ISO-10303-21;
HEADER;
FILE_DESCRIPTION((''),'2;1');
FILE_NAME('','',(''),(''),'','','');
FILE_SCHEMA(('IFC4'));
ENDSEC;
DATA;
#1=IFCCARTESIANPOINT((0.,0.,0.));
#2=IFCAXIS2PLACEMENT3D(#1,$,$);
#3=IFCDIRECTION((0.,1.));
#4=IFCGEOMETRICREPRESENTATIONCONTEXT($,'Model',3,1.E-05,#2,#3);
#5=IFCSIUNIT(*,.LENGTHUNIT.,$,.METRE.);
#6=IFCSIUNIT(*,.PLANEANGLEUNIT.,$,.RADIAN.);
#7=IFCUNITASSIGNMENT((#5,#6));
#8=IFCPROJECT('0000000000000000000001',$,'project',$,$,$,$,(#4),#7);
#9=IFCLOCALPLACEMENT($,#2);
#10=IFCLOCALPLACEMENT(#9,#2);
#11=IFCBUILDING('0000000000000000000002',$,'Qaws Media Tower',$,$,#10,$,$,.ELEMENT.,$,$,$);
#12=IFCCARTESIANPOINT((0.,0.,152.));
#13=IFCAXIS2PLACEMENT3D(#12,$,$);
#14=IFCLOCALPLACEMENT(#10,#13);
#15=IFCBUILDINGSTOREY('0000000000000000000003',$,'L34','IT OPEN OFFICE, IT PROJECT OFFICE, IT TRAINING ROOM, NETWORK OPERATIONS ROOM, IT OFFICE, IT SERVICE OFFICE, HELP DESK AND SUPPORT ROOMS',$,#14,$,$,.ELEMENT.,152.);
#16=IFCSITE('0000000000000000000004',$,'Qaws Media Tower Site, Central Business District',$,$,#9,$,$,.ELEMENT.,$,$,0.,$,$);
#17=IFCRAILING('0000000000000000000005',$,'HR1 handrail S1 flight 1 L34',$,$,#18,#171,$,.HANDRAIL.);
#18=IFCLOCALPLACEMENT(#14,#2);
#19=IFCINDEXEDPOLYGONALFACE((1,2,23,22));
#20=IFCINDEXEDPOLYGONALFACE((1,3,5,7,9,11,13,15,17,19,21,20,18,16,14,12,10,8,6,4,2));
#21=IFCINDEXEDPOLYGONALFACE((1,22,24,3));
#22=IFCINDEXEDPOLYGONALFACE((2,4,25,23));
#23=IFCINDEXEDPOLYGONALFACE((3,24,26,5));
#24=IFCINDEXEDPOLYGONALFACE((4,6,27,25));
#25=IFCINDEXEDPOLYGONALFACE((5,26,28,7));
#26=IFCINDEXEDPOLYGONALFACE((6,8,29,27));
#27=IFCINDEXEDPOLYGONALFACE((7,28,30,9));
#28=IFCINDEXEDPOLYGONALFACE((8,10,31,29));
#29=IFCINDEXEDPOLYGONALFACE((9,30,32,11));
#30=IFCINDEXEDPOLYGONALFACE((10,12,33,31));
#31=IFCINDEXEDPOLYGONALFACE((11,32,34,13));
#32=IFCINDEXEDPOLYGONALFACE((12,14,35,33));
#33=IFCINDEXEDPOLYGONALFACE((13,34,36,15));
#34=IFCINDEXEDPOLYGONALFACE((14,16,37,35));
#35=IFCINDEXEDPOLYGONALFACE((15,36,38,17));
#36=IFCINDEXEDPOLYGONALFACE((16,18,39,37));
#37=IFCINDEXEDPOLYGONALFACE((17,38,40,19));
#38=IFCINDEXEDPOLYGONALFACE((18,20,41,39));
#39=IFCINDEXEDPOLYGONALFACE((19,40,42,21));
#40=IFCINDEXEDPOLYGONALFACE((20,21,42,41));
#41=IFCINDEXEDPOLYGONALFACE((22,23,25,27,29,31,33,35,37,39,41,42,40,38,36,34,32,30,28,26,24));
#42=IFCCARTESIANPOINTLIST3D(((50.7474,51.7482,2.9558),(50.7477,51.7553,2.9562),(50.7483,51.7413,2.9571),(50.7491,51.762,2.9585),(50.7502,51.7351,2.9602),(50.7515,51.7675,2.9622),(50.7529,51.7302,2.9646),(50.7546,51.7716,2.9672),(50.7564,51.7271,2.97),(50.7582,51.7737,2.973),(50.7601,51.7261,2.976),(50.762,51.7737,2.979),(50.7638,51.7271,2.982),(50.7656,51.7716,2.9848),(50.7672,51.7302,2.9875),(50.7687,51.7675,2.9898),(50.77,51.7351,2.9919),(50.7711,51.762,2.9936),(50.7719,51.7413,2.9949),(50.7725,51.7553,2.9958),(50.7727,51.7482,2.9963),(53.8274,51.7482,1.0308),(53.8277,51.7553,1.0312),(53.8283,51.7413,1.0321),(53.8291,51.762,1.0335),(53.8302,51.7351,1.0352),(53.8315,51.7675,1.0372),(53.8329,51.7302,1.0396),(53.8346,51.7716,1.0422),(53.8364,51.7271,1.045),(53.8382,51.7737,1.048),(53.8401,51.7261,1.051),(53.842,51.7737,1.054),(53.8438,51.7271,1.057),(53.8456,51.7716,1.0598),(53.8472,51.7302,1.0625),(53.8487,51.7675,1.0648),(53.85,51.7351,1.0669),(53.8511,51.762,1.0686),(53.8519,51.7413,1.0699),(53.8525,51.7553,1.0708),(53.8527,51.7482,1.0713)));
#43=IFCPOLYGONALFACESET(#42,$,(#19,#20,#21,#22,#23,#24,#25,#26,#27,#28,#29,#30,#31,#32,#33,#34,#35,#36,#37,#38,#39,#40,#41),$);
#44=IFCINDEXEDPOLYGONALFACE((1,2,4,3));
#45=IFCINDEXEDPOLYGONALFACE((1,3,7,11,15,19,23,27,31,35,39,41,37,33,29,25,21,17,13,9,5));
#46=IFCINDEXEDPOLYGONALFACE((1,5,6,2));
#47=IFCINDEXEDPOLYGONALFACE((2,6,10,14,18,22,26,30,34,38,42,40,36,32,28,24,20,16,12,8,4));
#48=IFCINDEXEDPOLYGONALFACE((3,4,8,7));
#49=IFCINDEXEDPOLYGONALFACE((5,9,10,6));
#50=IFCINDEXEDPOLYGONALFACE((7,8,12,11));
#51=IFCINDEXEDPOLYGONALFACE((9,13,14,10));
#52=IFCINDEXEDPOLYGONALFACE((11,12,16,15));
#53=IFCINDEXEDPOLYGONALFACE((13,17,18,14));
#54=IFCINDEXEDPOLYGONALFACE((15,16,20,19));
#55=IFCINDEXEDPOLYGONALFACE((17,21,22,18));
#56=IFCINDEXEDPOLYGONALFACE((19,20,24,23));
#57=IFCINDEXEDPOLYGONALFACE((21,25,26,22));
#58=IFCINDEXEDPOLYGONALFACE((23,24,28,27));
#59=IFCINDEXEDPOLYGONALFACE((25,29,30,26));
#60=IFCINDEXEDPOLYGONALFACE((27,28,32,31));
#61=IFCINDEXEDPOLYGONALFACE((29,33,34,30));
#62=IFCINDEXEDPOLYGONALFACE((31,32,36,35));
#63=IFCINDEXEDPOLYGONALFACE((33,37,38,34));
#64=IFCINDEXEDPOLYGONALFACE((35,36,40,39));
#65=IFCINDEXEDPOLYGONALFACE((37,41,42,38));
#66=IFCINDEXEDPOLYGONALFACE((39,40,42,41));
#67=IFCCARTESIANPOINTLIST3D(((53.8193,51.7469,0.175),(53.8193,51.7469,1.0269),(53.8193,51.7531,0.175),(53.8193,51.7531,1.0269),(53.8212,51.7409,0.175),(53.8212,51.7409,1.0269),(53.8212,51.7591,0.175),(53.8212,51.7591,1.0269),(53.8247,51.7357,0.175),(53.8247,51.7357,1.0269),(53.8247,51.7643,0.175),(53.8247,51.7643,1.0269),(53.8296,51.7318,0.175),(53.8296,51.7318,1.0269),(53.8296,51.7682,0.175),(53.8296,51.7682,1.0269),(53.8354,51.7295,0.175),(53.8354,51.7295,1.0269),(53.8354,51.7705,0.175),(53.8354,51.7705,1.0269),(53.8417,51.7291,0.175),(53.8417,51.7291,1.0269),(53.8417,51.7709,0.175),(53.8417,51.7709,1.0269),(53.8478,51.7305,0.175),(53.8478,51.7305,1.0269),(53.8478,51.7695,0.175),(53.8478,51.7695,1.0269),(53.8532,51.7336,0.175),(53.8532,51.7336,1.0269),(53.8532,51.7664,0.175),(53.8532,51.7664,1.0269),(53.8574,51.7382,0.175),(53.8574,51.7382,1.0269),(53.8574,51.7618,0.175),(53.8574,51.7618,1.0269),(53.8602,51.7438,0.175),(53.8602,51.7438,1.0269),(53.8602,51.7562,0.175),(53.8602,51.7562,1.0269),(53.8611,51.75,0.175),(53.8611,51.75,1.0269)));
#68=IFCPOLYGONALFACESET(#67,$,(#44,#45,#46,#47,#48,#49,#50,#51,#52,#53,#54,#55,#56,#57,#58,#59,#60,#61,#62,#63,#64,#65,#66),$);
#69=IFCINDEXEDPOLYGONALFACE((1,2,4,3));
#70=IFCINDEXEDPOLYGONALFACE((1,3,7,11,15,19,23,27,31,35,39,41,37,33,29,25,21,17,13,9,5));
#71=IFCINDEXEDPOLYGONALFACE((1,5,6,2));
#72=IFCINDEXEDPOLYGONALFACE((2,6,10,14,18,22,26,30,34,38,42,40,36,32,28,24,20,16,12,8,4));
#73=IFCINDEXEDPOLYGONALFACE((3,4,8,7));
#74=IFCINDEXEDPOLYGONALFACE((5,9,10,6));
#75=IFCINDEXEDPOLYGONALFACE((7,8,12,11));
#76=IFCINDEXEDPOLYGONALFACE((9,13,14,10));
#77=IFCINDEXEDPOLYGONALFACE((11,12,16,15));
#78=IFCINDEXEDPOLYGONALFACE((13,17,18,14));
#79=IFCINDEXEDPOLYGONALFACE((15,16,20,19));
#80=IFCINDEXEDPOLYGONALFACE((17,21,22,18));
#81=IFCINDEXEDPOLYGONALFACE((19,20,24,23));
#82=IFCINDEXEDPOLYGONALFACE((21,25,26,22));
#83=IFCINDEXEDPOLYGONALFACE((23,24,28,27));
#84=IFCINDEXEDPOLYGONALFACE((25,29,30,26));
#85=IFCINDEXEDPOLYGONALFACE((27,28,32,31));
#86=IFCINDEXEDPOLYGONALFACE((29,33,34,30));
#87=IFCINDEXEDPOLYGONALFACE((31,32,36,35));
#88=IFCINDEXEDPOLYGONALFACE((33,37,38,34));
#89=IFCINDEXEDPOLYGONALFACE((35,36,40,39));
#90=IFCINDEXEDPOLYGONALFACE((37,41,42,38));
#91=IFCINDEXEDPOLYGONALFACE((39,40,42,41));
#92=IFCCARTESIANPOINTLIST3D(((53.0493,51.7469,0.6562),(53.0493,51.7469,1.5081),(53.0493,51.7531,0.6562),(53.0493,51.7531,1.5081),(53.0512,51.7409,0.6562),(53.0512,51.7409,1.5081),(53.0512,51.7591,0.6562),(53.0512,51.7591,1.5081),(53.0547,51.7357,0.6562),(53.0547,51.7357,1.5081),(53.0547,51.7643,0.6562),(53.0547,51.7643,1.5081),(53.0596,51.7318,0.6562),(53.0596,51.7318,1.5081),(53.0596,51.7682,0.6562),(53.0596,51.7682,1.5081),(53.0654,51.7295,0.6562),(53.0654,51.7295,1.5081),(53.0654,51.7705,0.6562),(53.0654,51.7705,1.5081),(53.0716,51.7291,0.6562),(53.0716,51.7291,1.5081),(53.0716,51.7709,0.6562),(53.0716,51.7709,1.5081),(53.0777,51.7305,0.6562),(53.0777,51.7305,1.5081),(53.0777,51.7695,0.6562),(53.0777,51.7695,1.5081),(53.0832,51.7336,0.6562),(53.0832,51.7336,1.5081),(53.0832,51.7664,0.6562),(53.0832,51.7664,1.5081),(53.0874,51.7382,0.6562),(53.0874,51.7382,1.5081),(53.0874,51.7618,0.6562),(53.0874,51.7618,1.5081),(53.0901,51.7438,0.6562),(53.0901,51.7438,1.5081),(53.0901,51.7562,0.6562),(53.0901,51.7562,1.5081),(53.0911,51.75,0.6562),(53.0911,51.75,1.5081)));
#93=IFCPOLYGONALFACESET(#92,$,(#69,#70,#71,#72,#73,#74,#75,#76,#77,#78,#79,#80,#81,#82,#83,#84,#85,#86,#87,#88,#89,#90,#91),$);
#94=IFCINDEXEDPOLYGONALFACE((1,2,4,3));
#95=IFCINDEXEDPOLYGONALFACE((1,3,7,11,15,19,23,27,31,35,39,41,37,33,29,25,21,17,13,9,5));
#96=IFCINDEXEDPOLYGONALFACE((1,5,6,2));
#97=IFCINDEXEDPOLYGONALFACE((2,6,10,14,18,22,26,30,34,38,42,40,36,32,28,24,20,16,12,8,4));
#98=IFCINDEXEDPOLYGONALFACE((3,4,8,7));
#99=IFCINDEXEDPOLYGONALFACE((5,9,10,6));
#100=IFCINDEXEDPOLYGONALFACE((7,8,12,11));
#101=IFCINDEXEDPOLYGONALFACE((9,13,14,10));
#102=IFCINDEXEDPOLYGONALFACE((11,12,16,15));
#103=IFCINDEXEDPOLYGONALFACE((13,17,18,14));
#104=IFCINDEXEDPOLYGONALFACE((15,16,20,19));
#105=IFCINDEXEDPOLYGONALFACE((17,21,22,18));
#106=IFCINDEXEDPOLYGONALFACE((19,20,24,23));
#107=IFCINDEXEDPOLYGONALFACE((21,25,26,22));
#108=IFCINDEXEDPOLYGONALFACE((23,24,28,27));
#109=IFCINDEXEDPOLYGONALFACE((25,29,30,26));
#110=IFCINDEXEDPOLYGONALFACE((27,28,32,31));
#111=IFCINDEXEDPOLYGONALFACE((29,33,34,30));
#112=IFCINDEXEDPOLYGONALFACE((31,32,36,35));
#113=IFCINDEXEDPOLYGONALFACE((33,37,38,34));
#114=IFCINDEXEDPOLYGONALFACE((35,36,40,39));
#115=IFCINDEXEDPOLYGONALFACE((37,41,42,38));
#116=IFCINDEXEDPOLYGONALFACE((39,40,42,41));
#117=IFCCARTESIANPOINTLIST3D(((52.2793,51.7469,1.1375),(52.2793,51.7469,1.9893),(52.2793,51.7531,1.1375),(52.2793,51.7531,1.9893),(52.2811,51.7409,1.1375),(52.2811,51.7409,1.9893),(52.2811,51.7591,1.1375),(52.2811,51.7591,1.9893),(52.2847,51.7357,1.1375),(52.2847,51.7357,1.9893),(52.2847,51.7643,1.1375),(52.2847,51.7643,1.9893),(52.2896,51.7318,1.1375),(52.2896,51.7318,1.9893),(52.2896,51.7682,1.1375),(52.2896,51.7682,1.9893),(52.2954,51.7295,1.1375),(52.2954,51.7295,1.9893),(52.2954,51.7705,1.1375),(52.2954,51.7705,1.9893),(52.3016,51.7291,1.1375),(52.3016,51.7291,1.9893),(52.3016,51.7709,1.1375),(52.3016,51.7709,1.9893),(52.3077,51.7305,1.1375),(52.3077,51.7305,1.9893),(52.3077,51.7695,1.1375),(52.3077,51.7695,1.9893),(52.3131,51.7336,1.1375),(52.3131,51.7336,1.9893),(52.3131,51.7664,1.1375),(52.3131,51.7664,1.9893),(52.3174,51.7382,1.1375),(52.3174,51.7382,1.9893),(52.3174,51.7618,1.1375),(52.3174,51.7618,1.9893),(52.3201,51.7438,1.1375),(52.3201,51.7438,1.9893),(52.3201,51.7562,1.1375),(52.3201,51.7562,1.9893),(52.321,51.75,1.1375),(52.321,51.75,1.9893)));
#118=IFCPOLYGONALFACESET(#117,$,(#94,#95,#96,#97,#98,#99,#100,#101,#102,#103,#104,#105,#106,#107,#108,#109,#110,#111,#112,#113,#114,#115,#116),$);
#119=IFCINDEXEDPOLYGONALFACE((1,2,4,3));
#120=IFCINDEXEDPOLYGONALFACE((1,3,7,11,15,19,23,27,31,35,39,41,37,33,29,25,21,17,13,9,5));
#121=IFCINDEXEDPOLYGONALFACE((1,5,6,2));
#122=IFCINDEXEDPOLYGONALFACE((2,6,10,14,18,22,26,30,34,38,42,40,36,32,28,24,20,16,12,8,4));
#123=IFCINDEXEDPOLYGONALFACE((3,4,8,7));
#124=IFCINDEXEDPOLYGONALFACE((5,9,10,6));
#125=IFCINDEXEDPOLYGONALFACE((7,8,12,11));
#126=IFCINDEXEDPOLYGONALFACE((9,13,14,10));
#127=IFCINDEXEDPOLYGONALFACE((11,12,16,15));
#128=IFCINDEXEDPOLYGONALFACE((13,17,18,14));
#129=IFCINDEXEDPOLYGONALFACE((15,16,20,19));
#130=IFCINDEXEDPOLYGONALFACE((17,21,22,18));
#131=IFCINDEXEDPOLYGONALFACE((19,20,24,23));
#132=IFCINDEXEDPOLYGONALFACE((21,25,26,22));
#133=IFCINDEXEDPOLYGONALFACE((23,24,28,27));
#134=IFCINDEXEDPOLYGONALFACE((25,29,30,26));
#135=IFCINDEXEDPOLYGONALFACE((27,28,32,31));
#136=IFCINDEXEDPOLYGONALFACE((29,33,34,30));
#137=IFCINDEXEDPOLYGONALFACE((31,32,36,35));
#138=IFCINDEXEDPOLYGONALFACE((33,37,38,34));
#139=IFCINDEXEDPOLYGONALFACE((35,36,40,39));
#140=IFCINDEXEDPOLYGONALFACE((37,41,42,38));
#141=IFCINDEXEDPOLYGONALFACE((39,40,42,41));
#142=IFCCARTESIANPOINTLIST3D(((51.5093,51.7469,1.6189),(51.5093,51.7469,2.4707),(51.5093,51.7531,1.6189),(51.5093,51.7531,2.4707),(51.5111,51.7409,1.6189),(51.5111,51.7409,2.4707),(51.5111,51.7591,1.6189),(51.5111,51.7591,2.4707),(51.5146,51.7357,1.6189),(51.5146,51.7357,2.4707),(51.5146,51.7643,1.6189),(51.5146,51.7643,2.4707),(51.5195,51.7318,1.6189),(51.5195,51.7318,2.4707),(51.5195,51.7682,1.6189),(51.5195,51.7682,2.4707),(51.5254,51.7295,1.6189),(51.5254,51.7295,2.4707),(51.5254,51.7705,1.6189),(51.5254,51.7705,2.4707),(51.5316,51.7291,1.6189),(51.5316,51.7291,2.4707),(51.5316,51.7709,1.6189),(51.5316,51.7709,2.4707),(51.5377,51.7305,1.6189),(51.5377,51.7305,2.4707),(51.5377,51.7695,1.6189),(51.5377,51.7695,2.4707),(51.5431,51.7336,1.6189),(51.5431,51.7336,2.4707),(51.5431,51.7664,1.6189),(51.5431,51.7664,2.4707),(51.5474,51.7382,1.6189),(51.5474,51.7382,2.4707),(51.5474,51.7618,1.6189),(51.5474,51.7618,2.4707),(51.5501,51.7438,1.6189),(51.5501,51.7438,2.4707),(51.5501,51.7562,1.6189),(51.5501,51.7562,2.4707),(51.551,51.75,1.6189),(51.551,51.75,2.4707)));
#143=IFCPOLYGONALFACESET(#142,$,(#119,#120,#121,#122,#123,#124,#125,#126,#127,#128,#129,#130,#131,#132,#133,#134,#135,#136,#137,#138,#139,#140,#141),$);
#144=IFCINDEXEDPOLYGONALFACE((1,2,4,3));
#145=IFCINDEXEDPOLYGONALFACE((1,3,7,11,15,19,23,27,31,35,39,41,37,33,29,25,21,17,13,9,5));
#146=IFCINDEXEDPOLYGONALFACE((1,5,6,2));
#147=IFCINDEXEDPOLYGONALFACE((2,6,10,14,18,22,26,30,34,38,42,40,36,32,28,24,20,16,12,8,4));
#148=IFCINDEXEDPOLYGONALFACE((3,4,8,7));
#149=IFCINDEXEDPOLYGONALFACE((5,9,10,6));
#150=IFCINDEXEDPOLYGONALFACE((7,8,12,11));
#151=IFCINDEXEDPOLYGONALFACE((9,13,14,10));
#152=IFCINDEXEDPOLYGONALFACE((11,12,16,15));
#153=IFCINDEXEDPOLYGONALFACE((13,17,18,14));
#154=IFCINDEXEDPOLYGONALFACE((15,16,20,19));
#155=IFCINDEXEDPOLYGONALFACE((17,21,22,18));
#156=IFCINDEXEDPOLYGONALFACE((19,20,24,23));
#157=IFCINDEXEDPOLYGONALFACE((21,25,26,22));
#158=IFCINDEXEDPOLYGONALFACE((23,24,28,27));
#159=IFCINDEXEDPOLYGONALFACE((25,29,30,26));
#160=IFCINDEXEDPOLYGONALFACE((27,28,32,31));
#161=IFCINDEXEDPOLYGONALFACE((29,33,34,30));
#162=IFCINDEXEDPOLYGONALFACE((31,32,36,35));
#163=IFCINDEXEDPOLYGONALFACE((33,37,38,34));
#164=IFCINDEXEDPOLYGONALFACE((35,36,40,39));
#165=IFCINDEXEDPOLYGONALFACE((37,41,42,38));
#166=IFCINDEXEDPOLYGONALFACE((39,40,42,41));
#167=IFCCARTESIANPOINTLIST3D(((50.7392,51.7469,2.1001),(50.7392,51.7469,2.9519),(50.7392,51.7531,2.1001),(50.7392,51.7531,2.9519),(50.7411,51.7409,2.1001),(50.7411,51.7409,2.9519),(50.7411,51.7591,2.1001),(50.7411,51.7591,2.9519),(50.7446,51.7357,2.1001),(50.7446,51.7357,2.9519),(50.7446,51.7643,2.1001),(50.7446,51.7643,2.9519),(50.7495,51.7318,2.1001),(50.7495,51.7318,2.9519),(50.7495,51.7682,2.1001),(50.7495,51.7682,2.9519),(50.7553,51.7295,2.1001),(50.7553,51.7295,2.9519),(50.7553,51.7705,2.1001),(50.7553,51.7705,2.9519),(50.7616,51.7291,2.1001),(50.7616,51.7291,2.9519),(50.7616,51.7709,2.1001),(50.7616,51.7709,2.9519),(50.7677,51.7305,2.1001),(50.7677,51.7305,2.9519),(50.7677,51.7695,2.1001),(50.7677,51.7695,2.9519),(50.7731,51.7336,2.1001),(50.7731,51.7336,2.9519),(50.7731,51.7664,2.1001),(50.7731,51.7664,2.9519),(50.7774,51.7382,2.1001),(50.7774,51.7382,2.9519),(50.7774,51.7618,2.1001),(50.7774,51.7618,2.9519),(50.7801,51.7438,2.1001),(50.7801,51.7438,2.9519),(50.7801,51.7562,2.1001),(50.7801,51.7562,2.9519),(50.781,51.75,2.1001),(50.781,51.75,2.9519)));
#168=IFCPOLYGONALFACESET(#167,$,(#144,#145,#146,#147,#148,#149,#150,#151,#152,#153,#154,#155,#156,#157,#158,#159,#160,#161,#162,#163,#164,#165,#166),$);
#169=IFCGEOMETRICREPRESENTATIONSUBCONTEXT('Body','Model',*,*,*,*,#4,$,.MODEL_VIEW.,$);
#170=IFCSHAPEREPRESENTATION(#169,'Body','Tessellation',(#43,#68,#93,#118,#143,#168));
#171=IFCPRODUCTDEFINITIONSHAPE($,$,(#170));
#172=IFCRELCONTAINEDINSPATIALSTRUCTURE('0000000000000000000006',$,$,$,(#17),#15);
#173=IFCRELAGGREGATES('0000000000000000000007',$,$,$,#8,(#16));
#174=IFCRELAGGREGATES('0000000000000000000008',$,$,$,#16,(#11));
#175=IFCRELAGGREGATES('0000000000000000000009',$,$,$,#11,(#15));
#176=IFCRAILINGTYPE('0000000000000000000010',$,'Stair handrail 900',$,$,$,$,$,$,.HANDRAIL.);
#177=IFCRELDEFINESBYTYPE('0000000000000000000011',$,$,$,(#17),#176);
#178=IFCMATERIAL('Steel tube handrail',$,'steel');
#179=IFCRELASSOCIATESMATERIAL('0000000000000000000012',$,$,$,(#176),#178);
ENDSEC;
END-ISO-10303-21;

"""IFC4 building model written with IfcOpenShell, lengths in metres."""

from ifc_helpers import new_model, si_unit, direction, frame, origin, origin_2d, place, context, subcontext, project, spatial, circle, extrude, material, type_object, element, save


model = new_model("IFC4")

# Units and contexts
model_context = context("Model", 3, precision=1e-05, world=origin(), true_north=direction((0.0, 1.0)))
body_context = subcontext(model_context, "Body", "Model", "MODEL_VIEW")
ifc_project = project(units=[si_unit("LENGTHUNIT", "METRE"), si_unit("PLANEANGLEUNIT", "RADIAN")], contexts=[model_context])

# Site, building, storey
site_placement = place(None, origin())
site = spatial("IfcSite", under=ifc_project, at=site_placement, Name="Qaws Media Tower Site, Central Business District", CompositionType="ELEMENT", RefElevation=0.0)
building_placement = place(site_placement, origin())
building = spatial("IfcBuilding", under=site, at=building_placement, Name="Qaws Media Tower", CompositionType="ELEMENT")
storey_placement = place(building_placement, frame((0.0, 0.0, 152.0)))
storey = spatial("IfcBuildingStorey", under=building, at=storey_placement, Name="L34", Description="IT OPEN OFFICE, IT PROJECT OFFICE, IT TRAINING ROOM, NETWORK OPERATIONS ROOM, IT OFFICE, IT SERVICE OFFICE, HELP DESK AND SUPPORT ROOMS", CompositionType="ELEMENT", Elevation=152.0)

# Railing
ifc_material_1 = material(Name="Steel tube handrail", Category="steel")
railing_type = type_object("IfcRailingType", Name="Stair handrail 900", PredefinedType="HANDRAIL", material=ifc_material_1)
for number, where, name in (
    (1, (53.8401, 51.75, 0.175), "HR1 handrail S1 flight 1 L34"),
):
    element("IfcRailing", number, at=place(storey_placement, frame(where)), inside=storey, type_object=railing_type, Name=name, PredefinedType="HANDRAIL", context=body_context, shape_type="SweptSolid", body=[
        extrude(circle(Radius=0.0239, at=origin_2d()), frame((0.0, 0.0, 0.876), z_axis=(-0.847998, 0.0, 0.529999), x_axis=(0.0, -1.0, 0.0)), (0.0, 0.0, 1.0), 3.6321),
        extrude(circle(Radius=0.021, at=origin_2d()), origin(), (0.0, 0.0, 1.0), 0.8518),
        extrude(circle(Radius=0.021, at=origin_2d()), frame((-0.77, 0.0, 0.4812)), (0.0, 0.0, 1.0), 0.8518),
        extrude(circle(Radius=0.021, at=origin_2d()), frame((-1.54, 0.0, 0.9624)), (0.0, 0.0, 1.0), 0.8518),
        extrude(circle(Radius=0.021, at=origin_2d()), frame((-2.3101, 0.0, 1.4438)), (0.0, 0.0, 1.0), 0.8518),
        extrude(circle(Radius=0.021, at=origin_2d()), frame((-3.0801, 0.0, 1.925)), (0.0, 0.0, 1.0), 0.8518),
    ])

save(model, "model.ifc")
